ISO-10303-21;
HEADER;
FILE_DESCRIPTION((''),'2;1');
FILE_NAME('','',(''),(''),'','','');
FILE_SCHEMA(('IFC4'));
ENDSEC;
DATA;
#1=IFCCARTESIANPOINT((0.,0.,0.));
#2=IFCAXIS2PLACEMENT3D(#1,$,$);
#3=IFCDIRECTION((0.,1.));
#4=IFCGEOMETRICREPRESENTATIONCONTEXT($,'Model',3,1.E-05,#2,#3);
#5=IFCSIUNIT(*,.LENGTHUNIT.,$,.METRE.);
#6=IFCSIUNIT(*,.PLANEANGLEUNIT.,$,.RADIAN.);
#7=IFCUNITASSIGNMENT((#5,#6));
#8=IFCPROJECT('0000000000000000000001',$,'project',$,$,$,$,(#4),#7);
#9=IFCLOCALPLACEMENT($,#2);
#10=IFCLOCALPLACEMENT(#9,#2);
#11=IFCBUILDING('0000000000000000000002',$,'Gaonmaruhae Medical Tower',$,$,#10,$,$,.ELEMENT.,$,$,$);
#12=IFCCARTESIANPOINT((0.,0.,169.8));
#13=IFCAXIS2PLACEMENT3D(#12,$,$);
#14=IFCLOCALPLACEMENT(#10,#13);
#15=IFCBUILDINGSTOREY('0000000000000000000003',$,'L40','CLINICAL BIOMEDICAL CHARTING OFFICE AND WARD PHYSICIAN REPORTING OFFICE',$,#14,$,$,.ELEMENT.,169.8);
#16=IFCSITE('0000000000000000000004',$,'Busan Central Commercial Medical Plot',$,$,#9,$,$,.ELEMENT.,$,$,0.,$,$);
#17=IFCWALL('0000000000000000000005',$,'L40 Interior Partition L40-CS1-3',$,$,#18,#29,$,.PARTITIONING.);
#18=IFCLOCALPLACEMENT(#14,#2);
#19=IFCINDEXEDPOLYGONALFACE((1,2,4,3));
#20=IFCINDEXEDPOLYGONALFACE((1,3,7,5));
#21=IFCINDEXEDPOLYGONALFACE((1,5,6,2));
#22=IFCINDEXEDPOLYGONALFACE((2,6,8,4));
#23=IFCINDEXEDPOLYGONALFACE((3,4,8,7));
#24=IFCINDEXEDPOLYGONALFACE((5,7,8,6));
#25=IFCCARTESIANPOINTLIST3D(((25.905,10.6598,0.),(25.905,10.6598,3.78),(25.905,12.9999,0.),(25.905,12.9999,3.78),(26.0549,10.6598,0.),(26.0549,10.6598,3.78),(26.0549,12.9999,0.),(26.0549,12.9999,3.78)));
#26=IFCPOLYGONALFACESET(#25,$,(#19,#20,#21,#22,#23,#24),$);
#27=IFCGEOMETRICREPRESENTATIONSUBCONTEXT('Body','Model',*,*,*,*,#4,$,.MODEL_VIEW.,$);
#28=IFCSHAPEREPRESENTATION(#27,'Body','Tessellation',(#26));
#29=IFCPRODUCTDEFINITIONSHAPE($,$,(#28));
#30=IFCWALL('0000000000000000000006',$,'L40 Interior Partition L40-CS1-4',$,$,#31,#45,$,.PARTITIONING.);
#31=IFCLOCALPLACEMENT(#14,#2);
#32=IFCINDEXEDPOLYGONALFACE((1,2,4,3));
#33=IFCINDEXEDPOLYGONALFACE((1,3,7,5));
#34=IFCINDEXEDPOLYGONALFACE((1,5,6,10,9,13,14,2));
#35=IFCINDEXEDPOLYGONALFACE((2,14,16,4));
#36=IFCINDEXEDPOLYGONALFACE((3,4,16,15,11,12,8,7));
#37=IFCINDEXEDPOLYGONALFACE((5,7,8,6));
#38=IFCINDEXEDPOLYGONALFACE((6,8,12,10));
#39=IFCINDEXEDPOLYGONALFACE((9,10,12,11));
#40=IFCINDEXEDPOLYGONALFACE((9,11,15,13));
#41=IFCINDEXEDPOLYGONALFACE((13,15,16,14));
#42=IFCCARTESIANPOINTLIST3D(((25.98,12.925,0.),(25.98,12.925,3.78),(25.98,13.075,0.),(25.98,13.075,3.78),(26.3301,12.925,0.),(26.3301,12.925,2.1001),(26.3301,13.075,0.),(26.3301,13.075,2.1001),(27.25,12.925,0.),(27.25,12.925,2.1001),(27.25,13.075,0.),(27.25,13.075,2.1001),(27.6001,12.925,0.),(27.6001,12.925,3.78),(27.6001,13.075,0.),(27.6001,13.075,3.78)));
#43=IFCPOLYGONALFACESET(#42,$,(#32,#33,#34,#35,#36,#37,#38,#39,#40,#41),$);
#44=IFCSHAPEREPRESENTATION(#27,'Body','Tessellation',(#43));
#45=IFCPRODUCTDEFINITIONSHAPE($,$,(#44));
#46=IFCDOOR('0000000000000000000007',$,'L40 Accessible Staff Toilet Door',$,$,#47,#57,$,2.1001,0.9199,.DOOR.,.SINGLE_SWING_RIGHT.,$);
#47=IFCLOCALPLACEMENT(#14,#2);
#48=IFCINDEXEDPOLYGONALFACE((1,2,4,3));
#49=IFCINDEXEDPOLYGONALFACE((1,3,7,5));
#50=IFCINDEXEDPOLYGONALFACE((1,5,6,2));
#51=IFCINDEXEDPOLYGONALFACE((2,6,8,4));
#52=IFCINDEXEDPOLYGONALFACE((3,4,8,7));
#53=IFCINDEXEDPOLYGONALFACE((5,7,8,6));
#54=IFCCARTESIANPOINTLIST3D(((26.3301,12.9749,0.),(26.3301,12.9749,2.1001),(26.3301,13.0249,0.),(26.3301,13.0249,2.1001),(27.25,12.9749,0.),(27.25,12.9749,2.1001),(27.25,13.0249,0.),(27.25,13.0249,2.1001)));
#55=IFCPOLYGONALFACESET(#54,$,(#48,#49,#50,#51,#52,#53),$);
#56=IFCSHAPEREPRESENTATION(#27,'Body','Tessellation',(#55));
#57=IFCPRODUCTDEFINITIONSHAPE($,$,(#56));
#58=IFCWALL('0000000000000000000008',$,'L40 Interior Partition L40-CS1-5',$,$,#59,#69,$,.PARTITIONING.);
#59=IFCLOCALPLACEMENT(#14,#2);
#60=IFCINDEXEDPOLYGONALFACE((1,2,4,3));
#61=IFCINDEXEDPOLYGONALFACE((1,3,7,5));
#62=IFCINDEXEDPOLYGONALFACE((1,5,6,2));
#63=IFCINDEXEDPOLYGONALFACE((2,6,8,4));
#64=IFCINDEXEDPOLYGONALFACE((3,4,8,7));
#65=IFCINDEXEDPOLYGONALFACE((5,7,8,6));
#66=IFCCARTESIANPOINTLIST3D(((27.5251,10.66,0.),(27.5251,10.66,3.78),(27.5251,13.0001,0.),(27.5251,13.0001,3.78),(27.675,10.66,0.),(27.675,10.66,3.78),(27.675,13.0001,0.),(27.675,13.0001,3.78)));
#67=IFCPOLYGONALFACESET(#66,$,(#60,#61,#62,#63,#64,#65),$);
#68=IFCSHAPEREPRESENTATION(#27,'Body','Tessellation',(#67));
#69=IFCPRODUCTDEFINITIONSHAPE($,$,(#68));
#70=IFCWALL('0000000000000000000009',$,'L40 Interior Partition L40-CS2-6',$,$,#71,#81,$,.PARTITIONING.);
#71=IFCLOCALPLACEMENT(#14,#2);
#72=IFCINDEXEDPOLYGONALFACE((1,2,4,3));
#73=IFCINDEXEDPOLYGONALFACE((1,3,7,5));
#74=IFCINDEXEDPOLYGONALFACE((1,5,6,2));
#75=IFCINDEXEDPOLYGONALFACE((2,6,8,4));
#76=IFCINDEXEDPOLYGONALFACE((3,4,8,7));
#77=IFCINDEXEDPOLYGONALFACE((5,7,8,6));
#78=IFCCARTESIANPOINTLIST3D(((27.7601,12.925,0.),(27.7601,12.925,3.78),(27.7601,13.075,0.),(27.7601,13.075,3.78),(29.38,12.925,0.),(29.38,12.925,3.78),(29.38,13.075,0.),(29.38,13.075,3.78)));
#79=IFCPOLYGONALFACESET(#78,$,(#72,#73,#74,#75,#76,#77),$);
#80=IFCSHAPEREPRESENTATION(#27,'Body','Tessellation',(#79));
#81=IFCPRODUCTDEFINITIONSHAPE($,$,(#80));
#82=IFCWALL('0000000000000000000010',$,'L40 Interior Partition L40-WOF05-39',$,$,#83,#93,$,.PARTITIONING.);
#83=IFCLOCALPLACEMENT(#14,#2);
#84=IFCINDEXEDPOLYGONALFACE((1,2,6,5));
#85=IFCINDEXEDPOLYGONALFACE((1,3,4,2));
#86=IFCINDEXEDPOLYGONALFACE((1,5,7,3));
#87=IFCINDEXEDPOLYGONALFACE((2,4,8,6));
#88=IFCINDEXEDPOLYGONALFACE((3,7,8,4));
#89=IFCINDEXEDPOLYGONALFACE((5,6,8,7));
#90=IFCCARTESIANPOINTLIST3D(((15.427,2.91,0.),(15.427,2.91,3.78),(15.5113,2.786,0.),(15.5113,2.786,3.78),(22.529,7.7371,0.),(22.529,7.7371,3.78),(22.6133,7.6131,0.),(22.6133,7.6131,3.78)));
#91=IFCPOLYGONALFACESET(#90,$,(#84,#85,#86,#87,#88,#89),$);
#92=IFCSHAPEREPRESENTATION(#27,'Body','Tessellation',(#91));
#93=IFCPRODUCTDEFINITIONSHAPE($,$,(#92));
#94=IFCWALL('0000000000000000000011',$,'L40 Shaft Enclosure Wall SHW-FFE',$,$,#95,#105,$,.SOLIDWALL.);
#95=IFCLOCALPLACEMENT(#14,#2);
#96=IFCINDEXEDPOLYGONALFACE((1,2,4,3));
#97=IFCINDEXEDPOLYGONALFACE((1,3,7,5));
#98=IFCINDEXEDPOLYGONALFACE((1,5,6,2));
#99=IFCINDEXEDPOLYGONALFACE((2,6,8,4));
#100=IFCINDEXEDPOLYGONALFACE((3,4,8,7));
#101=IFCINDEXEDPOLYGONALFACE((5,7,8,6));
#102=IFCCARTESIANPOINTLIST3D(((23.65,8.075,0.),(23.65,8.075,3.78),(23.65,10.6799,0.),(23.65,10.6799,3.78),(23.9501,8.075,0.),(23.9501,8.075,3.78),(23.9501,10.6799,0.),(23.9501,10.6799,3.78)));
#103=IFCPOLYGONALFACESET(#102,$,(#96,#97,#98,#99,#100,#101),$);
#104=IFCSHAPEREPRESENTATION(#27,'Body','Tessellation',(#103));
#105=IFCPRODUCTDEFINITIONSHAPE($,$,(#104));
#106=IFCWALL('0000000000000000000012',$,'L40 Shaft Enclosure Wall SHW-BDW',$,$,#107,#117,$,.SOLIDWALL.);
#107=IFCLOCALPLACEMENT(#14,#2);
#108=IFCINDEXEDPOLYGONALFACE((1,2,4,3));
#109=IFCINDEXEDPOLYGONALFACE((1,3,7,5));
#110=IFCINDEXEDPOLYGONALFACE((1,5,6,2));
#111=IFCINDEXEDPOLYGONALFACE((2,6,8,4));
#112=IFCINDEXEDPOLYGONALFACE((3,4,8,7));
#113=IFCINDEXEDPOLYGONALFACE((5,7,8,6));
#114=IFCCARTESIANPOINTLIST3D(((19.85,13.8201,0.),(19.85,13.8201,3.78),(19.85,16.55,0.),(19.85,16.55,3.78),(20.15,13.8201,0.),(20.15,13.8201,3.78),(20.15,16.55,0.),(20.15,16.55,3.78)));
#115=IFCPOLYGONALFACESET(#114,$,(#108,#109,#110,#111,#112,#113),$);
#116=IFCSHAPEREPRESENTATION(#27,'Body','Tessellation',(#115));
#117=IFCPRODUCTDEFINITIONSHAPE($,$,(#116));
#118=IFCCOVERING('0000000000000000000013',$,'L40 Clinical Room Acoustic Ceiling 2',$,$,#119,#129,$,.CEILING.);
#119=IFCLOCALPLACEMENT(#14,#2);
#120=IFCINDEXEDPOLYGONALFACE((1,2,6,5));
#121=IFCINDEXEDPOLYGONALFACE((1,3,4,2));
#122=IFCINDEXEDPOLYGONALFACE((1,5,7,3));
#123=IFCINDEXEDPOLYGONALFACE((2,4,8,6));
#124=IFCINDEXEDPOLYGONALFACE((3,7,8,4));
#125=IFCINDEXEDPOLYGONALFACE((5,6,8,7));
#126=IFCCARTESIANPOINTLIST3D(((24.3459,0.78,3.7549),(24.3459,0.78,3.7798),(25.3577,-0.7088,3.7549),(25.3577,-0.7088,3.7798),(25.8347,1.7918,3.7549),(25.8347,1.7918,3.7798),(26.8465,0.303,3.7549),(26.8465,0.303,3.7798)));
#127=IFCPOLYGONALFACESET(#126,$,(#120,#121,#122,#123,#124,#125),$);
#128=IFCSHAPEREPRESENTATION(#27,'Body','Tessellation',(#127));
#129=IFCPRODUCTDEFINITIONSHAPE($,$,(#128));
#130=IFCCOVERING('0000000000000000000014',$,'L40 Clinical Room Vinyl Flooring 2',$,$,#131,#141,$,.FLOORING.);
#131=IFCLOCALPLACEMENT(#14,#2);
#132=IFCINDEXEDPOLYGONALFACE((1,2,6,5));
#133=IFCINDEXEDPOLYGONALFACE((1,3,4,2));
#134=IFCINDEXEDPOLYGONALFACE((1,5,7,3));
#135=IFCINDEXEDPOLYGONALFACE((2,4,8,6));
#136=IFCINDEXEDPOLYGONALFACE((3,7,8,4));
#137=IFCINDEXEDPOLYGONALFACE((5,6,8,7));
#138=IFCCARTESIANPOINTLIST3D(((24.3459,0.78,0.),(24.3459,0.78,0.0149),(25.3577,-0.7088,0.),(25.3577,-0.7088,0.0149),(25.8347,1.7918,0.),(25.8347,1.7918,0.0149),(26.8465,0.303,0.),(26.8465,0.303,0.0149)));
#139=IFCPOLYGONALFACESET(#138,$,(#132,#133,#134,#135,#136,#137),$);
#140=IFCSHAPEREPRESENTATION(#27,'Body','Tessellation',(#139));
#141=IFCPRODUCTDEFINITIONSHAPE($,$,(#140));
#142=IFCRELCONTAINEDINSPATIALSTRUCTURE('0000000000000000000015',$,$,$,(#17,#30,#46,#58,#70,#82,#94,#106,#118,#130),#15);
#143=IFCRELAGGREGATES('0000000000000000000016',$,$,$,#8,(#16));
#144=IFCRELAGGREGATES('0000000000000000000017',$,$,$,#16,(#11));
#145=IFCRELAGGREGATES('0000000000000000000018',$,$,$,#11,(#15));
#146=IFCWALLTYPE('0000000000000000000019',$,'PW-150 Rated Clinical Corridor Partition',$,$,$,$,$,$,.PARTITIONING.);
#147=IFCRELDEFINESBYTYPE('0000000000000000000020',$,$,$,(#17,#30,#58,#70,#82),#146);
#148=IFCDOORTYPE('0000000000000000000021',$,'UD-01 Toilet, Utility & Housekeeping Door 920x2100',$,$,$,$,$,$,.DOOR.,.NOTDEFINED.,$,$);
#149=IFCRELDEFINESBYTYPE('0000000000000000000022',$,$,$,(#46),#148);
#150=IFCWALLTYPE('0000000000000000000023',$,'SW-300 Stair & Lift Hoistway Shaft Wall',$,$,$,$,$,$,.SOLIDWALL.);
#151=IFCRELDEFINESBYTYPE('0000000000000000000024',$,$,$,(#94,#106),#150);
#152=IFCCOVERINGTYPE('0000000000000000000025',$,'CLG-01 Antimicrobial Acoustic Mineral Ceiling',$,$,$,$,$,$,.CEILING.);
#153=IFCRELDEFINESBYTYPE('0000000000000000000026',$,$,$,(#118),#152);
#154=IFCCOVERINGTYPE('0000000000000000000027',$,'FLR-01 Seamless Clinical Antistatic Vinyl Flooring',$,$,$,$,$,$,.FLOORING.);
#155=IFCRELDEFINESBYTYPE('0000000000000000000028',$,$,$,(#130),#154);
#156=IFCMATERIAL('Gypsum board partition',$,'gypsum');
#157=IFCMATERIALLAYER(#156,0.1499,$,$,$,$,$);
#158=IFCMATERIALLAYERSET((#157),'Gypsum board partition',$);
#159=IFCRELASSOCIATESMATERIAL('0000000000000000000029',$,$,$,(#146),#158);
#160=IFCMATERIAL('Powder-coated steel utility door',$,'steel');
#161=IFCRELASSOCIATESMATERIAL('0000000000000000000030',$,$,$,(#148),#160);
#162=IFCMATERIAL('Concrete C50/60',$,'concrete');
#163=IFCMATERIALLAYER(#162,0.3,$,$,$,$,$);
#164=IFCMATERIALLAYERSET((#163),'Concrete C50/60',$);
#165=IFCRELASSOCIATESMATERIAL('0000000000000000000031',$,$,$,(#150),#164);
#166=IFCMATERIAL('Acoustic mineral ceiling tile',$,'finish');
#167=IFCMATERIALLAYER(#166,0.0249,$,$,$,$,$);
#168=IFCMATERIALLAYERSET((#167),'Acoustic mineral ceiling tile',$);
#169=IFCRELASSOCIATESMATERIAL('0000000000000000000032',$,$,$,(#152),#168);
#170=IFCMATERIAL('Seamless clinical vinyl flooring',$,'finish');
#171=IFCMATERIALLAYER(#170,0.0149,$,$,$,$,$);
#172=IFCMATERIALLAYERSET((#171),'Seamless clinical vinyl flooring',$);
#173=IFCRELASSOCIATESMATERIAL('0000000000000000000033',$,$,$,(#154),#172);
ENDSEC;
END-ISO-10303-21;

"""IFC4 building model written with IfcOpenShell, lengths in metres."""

from ifc_helpers import new_model, si_unit, direction, frame, frame_2d, origin, origin_2d, place, context, subcontext, project, spatial, rectangle, extrude, material, layer, layer_set, type_object, element, fill, save


model = new_model("IFC4")

# Units and contexts
model_context = context("Model", 3, precision=1e-05, world=origin(), true_north=direction((0.0, 1.0)))
body_context = subcontext(model_context, "Body", "Model", "MODEL_VIEW")
ifc_project = project(units=[si_unit("LENGTHUNIT", "METRE"), si_unit("PLANEANGLEUNIT", "RADIAN")], contexts=[model_context])

# Site, building, storey
site_placement = place(None, origin())
site = spatial("IfcSite", under=ifc_project, at=site_placement, Name="Busan Central Commercial Medical Plot", CompositionType="ELEMENT", RefElevation=0.0)
building_placement = place(site_placement, origin())
building = spatial("IfcBuilding", under=site, at=building_placement, Name="Gaonmaruhae Medical Tower", CompositionType="ELEMENT")
storey_placement = place(building_placement, frame((0.0, 0.0, 169.8)))
storey = spatial("IfcBuildingStorey", under=building, at=storey_placement, Name="L40", Description="CLINICAL BIOMEDICAL CHARTING OFFICE AND WARD PHYSICIAN REPORTING OFFICE", CompositionType="ELEMENT", Elevation=169.8)

# Shared definitions
ifc_material_1 = material(Name="Concrete C50/60", Category="concrete")

# Shared definitions
ifc_material_2 = material(Name="Gypsum board partition", Category="gypsum")
ifc_layer_1 = layer(ifc_material_2, 0.1499)
ifc_layer_set_1 = layer_set([ifc_layer_1], Name="Gypsum board partition")
wall_type_1 = type_object("IfcWallType", Name="PW-150 Rated Clinical Corridor Partition", PredefinedType="PARTITIONING", material=ifc_layer_set_1)

# Wall
wall_1_placement = place(storey_placement, frame((25.98, 10.6599, 0.0), z_axis=(0.0, 0.0, 1.0), x_axis=(0.0, 1.0, 0.0)))
element("IfcWall", 1, at=wall_1_placement, inside=storey, type_object=wall_type_1, Name="L40 Interior Partition L40-CS1-3", PredefinedType="PARTITIONING", context=body_context, shape_type="SweptSolid", body=[
    extrude(rectangle(XDim=2.3401, YDim=0.1499, at=frame_2d((1.1699, 0.0))), origin(), (0.0, 0.0, 1.0), 3.78),
])

# Wall, opening, door
wall_2_placement = place(storey_placement, frame((25.98, 13.0, 0.0), z_axis=(0.0, 0.0, 1.0), x_axis=(1.0, 0.0, 0.0)))
wall_2 = element("IfcWall", 2, at=wall_2_placement, inside=storey, type_object=wall_type_1, Name="L40 Interior Partition L40-CS1-4", PredefinedType="PARTITIONING", context=body_context, shape_type="SweptSolid", body=[
    extrude(rectangle(XDim=1.6201, YDim=0.1499, at=frame_2d((0.8101, 0.0))), origin(), (0.0, 0.0, 1.0), 3.78),
])
opening_1_placement = place(wall_2_placement, frame((0.3501, 0.0, 0.0)))
opening_1 = element("IfcOpeningElement", 3, at=opening_1_placement, cuts=wall_2, PredefinedType="OPENING", context=body_context, shape_type="SweptSolid", body=[
    extrude(rectangle(XDim=0.9199, YDim=2.1001, at=frame_2d((0.46, 1.05))), frame((0.0, 0.085, 0.0), z_axis=(0.0, -1.0, 0.0), x_axis=(1.0, 0.0, 0.0)), (0.0, 0.0, 1.0), 0.1699),
])
ifc_material_3 = material(Name="Powder-coated steel utility door", Category="steel")
door_type_1 = type_object("IfcDoorType", Name="UD-01 Toilet, Utility & Housekeeping Door 920x2100", OperationType="NOTDEFINED", PredefinedType="DOOR", material=ifc_material_3)
door_1_placement = place(opening_1_placement, origin())
door_1 = element("IfcDoor", 4, at=door_1_placement, inside=storey, type_object=door_type_1, Name="L40 Accessible Staff Toilet Door", OperationType="SINGLE_SWING_RIGHT", OverallHeight=2.1001, OverallWidth=0.9199, PredefinedType="DOOR", context=body_context, shape_type="SweptSolid", body=[
    extrude(rectangle(XDim=0.9199, YDim=2.1001, at=frame_2d((0.46, 1.05))), frame((0.0, 0.0249, 0.0), z_axis=(0.0, -1.0, 0.0), x_axis=(1.0, 0.0, 0.0)), (0.0, 0.0, 1.0), 0.05),
])
fill(opening_1, door_1)

# Walls
wall_3_placement = place(storey_placement, frame((27.6001, 13.0, 0.0), z_axis=(0.0, 0.0, 1.0), x_axis=(0.0, -1.0, 0.0)))
element("IfcWall", 5, at=wall_3_placement, inside=storey, type_object=wall_type_1, Name="L40 Interior Partition L40-CS1-5", PredefinedType="PARTITIONING", context=body_context, shape_type="SweptSolid", body=[
    extrude(rectangle(XDim=2.3401, YDim=0.1499, at=frame_2d((1.1699, 0.0))), origin(), (0.0, 0.0, 1.0), 3.78),
])
wall_4_placement = place(storey_placement, frame((27.76, 13.0, 0.0), z_axis=(0.0, 0.0, 1.0), x_axis=(1.0, 0.0, 0.0)))
element("IfcWall", 6, at=wall_4_placement, inside=storey, type_object=wall_type_1, Name="L40 Interior Partition L40-CS2-6", PredefinedType="PARTITIONING", context=body_context, shape_type="SweptSolid", body=[
    extrude(rectangle(XDim=1.6199, YDim=0.1499, at=frame_2d((0.8101, 0.0))), origin(), (0.0, 0.0, 1.0), 3.78),
])
wall_5_placement = place(storey_placement, frame((22.571, 7.675, 0.0), z_axis=(0.0, 0.0, 1.0), x_axis=(-0.827048, -0.562131, 0.0)))
element("IfcWall", 7, at=wall_5_placement, inside=storey, type_object=wall_type_1, Name="L40 Interior Partition L40-WOF05-39", PredefinedType="PARTITIONING", context=body_context, shape_type="SweptSolid", body=[
    extrude(rectangle(XDim=8.5872, YDim=0.1499, at=frame_2d((4.2935, 0.0))), origin(), (0.0, 0.0, 1.0), 3.78),
])

# Shared definitions
ifc_layer_2 = layer(ifc_material_1, 0.3)
ifc_layer_set_2 = layer_set([ifc_layer_2], Name="Concrete C50/60")
wall_type_2 = type_object("IfcWallType", Name="SW-300 Stair & Lift Hoistway Shaft Wall", PredefinedType="SOLIDWALL", material=ifc_layer_set_2)

# Walls
wall_6_placement = place(storey_placement, frame((23.8, 8.075, 0.0), z_axis=(0.0, 0.0, 1.0), x_axis=(0.0, 1.0, 0.0)))
element("IfcWall", 8, at=wall_6_placement, inside=storey, type_object=wall_type_2, Name="L40 Shaft Enclosure Wall SHW-FFE", PredefinedType="SOLIDWALL", context=body_context, shape_type="SweptSolid", body=[
    extrude(rectangle(XDim=2.605, YDim=0.3, at=frame_2d((1.3025, 0.0))), origin(), (0.0, 0.0, 1.0), 3.78),
])
wall_7_placement = place(storey_placement, frame((20.0, 13.8201, 0.0), z_axis=(0.0, 0.0, 1.0), x_axis=(0.0, 1.0, 0.0)))
element("IfcWall", 9, at=wall_7_placement, inside=storey, type_object=wall_type_2, Name="L40 Shaft Enclosure Wall SHW-BDW", PredefinedType="SOLIDWALL", context=body_context, shape_type="SweptSolid", body=[
    extrude(rectangle(XDim=2.73, YDim=0.3, at=frame_2d((1.365, 0.0))), origin(), (0.0, 0.0, 1.0), 3.78),
])

# Coverings
ifc_material_4 = material(Name="Acoustic mineral ceiling tile", Category="finish")
ifc_layer_3 = layer(ifc_material_4, 0.0249)
ifc_layer_set_3 = layer_set([ifc_layer_3], Name="Acoustic mineral ceiling tile")
covering_type_1 = type_object("IfcCoveringType", Name="CLG-01 Antimicrobial Acoustic Mineral Ceiling", PredefinedType="CEILING", material=ifc_layer_set_3)
covering_1_placement = place(storey_placement, frame((25.5962, 0.5415, 3.7549), z_axis=(0.0, 0.0, 1.0), x_axis=(0.827081, 0.562083, 0.0)))
element("IfcCovering", 10, at=covering_1_placement, inside=storey, type_object=covering_type_1, Name="L40 Clinical Room Acoustic Ceiling 2", PredefinedType="CEILING", context=body_context, shape_type="SweptSolid", body=[
    extrude(rectangle(XDim=1.8, YDim=1.8, at=origin_2d()), origin(), (0.0, 0.0, 1.0), 0.0249),
])
ifc_material_5 = material(Name="Seamless clinical vinyl flooring", Category="finish")
ifc_layer_4 = layer(ifc_material_5, 0.0149)
ifc_layer_set_4 = layer_set([ifc_layer_4], Name="Seamless clinical vinyl flooring")
covering_type_2 = type_object("IfcCoveringType", Name="FLR-01 Seamless Clinical Antistatic Vinyl Flooring", PredefinedType="FLOORING", material=ifc_layer_set_4)
covering_2_placement = place(storey_placement, frame((25.5962, 0.5415, 0.0), z_axis=(0.0, 0.0, 1.0), x_axis=(0.827081, 0.562083, 0.0)))
element("IfcCovering", 11, at=covering_2_placement, inside=storey, type_object=covering_type_2, Name="L40 Clinical Room Vinyl Flooring 2", PredefinedType="FLOORING", context=body_context, shape_type="SweptSolid", body=[
    extrude(rectangle(XDim=1.8, YDim=1.8, at=origin_2d()), origin(), (0.0, 0.0, 1.0), 0.0149),
])

save(model, "model.ifc")
